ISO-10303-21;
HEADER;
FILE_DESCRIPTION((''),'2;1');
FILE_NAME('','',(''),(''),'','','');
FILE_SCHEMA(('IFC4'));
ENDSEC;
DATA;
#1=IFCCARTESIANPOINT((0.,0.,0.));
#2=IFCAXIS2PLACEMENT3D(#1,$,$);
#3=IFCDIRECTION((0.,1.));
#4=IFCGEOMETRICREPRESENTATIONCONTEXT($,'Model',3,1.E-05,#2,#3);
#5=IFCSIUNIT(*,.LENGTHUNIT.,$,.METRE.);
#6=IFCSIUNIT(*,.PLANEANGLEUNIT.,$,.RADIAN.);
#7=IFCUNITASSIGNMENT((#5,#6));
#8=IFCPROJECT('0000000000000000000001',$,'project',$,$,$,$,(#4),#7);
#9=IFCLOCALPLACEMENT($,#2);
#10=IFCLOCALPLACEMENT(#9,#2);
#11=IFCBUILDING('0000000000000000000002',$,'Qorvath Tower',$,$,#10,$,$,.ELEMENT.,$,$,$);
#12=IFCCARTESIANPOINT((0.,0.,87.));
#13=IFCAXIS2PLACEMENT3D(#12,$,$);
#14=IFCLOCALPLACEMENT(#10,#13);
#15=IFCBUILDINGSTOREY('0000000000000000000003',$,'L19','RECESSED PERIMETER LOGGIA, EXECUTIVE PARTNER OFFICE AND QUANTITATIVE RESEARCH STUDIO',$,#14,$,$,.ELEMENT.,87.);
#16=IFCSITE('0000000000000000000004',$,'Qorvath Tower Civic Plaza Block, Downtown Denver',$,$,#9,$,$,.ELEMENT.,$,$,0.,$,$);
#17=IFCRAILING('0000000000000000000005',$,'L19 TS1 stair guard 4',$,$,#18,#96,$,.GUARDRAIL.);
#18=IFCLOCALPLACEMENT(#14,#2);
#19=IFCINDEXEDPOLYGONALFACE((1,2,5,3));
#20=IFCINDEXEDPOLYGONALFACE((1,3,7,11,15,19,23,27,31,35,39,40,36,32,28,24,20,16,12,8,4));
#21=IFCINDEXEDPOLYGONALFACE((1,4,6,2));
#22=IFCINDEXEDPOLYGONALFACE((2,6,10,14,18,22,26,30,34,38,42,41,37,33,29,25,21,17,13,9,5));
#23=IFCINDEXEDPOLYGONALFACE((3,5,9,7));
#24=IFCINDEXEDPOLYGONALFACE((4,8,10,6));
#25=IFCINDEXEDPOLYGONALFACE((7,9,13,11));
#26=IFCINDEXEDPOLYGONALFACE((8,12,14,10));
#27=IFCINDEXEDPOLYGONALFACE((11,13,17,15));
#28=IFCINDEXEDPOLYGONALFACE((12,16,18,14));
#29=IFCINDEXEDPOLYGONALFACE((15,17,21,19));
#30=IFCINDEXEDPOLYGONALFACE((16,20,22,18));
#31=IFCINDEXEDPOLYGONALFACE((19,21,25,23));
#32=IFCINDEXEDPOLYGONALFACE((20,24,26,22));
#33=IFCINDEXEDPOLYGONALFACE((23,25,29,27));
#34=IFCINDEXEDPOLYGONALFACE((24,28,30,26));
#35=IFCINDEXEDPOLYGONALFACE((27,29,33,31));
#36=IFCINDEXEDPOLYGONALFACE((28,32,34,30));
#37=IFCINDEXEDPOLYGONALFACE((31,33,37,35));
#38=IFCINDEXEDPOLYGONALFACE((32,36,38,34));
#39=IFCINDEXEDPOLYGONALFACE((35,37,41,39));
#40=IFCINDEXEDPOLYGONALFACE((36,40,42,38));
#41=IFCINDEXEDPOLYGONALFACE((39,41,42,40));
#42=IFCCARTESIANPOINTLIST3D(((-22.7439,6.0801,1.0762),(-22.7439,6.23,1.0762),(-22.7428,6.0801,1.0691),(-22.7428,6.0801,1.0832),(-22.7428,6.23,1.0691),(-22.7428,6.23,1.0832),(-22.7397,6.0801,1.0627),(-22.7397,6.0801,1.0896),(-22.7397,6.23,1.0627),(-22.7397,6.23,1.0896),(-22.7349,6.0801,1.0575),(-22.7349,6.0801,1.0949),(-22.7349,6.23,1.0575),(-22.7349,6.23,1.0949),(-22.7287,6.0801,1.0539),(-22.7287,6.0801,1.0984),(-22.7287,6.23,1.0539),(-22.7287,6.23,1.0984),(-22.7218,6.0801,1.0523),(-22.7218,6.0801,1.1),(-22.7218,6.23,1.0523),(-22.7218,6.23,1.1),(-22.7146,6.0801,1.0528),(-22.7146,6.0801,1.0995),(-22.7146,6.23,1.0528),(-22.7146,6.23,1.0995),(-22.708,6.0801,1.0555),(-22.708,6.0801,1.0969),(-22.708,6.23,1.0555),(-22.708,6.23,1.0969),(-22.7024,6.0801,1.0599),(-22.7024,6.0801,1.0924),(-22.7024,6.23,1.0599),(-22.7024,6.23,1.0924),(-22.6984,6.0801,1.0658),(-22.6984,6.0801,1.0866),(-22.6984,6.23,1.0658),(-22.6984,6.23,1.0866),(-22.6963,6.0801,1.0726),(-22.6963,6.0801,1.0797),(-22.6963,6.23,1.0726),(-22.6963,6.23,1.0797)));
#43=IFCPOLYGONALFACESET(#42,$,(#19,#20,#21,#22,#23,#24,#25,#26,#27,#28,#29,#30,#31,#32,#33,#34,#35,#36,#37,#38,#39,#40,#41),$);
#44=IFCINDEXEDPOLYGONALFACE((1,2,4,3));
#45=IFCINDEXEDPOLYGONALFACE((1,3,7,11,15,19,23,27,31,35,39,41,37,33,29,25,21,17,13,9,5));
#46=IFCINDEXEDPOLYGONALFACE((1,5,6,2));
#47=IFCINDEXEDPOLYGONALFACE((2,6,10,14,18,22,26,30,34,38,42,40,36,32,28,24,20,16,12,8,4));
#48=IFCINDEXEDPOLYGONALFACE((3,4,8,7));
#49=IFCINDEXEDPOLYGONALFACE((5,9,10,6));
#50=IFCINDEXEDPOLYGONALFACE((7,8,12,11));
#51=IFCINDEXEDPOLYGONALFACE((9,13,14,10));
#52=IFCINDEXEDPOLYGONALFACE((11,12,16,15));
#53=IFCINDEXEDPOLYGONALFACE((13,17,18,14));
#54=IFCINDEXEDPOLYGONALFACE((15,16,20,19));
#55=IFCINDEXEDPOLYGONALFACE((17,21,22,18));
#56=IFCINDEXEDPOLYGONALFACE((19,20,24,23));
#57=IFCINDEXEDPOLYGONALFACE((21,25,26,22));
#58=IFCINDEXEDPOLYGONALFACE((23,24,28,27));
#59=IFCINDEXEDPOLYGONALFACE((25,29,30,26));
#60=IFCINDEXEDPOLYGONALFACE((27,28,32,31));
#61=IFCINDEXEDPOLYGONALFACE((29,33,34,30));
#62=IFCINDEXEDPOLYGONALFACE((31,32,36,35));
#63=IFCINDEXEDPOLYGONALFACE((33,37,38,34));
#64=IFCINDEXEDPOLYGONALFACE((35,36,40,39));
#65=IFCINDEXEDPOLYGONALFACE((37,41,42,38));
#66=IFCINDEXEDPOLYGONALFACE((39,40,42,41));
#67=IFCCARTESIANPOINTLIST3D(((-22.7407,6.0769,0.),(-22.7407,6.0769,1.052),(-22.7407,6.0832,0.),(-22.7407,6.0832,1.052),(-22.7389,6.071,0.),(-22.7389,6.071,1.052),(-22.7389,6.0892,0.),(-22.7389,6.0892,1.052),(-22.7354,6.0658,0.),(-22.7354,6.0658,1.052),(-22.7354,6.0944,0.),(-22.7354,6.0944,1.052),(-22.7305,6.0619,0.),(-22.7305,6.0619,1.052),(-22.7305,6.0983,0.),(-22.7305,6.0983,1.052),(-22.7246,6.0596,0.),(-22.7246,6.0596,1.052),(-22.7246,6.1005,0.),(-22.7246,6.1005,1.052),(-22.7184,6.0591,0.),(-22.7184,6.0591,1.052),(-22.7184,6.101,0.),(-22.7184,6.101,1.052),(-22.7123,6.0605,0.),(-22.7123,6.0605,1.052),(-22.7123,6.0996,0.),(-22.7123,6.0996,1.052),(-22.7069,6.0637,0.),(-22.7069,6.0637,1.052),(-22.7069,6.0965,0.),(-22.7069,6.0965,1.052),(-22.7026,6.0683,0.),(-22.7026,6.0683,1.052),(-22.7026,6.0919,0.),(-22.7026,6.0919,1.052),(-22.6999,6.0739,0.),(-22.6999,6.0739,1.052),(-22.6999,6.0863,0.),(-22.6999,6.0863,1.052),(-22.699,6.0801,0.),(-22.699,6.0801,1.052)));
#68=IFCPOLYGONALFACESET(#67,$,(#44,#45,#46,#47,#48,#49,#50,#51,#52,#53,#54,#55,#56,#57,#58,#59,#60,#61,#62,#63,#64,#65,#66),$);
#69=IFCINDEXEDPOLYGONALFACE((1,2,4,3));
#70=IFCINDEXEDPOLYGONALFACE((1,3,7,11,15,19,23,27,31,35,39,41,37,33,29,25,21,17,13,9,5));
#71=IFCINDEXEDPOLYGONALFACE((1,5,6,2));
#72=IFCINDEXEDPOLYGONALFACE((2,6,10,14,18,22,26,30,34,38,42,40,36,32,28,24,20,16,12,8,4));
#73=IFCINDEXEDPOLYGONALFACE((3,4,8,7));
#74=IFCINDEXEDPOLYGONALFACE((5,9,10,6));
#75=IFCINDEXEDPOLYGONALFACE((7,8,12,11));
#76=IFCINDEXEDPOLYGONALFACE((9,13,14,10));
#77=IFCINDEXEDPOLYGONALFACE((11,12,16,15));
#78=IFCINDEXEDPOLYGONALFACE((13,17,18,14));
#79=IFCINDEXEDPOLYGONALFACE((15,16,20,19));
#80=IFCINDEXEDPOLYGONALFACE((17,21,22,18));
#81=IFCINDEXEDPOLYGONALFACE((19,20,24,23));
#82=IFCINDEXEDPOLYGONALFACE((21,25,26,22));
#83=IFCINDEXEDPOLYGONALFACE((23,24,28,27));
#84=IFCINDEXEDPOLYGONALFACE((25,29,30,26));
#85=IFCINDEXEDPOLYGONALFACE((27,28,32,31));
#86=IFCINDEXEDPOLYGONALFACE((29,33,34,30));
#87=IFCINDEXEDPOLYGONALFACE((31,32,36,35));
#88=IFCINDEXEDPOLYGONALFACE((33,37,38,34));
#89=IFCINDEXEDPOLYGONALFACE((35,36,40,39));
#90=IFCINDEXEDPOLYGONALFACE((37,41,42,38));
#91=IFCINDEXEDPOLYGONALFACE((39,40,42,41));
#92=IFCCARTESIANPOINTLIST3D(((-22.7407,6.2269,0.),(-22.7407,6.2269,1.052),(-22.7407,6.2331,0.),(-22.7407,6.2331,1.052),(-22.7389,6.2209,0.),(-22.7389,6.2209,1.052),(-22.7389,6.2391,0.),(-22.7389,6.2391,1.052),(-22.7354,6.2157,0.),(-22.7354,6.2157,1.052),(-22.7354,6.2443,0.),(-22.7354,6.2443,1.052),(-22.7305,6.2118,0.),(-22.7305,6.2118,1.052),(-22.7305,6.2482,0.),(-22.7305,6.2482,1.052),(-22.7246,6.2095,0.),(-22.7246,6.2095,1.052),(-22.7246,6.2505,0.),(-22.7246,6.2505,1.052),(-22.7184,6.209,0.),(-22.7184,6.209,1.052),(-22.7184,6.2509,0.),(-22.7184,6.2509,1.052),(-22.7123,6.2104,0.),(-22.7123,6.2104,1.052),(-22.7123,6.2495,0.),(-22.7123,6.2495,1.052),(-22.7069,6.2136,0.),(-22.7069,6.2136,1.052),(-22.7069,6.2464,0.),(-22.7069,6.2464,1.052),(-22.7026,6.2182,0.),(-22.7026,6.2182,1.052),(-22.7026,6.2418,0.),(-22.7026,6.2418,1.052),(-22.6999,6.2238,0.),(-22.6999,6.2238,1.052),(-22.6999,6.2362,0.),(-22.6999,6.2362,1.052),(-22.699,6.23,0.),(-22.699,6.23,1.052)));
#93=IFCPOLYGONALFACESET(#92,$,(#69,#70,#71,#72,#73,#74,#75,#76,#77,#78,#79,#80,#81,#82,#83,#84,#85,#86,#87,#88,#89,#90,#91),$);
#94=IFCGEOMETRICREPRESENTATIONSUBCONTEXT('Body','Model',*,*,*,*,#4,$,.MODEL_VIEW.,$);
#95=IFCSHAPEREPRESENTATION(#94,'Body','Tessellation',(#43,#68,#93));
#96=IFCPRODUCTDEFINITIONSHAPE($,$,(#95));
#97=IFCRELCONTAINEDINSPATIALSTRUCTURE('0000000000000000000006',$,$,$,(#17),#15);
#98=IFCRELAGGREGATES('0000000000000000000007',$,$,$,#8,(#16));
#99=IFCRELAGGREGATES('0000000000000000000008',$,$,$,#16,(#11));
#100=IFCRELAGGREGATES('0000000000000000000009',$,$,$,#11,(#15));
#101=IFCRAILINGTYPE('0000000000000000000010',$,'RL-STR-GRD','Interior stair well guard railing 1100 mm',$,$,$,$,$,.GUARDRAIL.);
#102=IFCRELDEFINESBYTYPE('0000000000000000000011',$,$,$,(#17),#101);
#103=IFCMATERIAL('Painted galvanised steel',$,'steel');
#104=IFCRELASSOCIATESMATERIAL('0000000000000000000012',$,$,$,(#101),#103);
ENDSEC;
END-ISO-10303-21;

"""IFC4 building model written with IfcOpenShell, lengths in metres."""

from ifc_helpers import new_model, si_unit, direction, frame, origin, origin_2d, place, context, subcontext, project, spatial, circle, extrude, material, type_object, element, save


model = new_model("IFC4")

# Units and contexts
model_context = context("Model", 3, precision=1e-05, world=origin(), true_north=direction((0.0, 1.0)))
body_context = subcontext(model_context, "Body", "Model", "MODEL_VIEW")
ifc_project = project(units=[si_unit("LENGTHUNIT", "METRE"), si_unit("PLANEANGLEUNIT", "RADIAN")], contexts=[model_context])

# Site, building, storey
site_placement = place(None, origin())
site = spatial("IfcSite", under=ifc_project, at=site_placement, Name="Qorvath Tower Civic Plaza Block, Downtown Denver", CompositionType="ELEMENT", RefElevation=0.0)
building_placement = place(site_placement, origin())
building = spatial("IfcBuilding", under=site, at=building_placement, Name="Qorvath Tower", CompositionType="ELEMENT")
storey_placement = place(building_placement, frame((0.0, 0.0, 87.0)))
storey = spatial("IfcBuildingStorey", under=building, at=storey_placement, Name="L19", Description="RECESSED PERIMETER LOGGIA, EXECUTIVE PARTNER OFFICE AND QUANTITATIVE RESEARCH STUDIO", CompositionType="ELEMENT", Elevation=87.0)

# Railing
ifc_material_1 = material(Name="Painted galvanised steel", Category="steel")
railing_type_1 = type_object("IfcRailingType", Name="RL-STR-GRD", Description="Interior stair well guard railing 1100 mm", PredefinedType="GUARDRAIL", material=ifc_material_1)
railing_1_placement = place(storey_placement, frame((-22.72, 6.0801, 0.0)))
element("IfcRailing", 1, at=railing_1_placement, inside=storey, type_object=railing_type_1, Name="L19 TS1 stair guard 4", PredefinedType="GUARDRAIL", context=body_context, shape_type="SweptSolid", body=[
    extrude(circle(Radius=0.0239, at=origin_2d()), frame((0.0, 0.0, 1.0762), z_axis=(0.0, 1.0, 0.0), x_axis=(-1.0, 0.0, 0.0)), (0.0, 0.0, 1.0), 0.1499),
    extrude(circle(Radius=0.021, at=origin_2d()), origin(), (0.0, 0.0, 1.0), 1.052),
    extrude(circle(Radius=0.021, at=origin_2d()), frame((0.0, 0.1499, 0.0)), (0.0, 0.0, 1.0), 1.052),
])

save(model, "model.ifc")
